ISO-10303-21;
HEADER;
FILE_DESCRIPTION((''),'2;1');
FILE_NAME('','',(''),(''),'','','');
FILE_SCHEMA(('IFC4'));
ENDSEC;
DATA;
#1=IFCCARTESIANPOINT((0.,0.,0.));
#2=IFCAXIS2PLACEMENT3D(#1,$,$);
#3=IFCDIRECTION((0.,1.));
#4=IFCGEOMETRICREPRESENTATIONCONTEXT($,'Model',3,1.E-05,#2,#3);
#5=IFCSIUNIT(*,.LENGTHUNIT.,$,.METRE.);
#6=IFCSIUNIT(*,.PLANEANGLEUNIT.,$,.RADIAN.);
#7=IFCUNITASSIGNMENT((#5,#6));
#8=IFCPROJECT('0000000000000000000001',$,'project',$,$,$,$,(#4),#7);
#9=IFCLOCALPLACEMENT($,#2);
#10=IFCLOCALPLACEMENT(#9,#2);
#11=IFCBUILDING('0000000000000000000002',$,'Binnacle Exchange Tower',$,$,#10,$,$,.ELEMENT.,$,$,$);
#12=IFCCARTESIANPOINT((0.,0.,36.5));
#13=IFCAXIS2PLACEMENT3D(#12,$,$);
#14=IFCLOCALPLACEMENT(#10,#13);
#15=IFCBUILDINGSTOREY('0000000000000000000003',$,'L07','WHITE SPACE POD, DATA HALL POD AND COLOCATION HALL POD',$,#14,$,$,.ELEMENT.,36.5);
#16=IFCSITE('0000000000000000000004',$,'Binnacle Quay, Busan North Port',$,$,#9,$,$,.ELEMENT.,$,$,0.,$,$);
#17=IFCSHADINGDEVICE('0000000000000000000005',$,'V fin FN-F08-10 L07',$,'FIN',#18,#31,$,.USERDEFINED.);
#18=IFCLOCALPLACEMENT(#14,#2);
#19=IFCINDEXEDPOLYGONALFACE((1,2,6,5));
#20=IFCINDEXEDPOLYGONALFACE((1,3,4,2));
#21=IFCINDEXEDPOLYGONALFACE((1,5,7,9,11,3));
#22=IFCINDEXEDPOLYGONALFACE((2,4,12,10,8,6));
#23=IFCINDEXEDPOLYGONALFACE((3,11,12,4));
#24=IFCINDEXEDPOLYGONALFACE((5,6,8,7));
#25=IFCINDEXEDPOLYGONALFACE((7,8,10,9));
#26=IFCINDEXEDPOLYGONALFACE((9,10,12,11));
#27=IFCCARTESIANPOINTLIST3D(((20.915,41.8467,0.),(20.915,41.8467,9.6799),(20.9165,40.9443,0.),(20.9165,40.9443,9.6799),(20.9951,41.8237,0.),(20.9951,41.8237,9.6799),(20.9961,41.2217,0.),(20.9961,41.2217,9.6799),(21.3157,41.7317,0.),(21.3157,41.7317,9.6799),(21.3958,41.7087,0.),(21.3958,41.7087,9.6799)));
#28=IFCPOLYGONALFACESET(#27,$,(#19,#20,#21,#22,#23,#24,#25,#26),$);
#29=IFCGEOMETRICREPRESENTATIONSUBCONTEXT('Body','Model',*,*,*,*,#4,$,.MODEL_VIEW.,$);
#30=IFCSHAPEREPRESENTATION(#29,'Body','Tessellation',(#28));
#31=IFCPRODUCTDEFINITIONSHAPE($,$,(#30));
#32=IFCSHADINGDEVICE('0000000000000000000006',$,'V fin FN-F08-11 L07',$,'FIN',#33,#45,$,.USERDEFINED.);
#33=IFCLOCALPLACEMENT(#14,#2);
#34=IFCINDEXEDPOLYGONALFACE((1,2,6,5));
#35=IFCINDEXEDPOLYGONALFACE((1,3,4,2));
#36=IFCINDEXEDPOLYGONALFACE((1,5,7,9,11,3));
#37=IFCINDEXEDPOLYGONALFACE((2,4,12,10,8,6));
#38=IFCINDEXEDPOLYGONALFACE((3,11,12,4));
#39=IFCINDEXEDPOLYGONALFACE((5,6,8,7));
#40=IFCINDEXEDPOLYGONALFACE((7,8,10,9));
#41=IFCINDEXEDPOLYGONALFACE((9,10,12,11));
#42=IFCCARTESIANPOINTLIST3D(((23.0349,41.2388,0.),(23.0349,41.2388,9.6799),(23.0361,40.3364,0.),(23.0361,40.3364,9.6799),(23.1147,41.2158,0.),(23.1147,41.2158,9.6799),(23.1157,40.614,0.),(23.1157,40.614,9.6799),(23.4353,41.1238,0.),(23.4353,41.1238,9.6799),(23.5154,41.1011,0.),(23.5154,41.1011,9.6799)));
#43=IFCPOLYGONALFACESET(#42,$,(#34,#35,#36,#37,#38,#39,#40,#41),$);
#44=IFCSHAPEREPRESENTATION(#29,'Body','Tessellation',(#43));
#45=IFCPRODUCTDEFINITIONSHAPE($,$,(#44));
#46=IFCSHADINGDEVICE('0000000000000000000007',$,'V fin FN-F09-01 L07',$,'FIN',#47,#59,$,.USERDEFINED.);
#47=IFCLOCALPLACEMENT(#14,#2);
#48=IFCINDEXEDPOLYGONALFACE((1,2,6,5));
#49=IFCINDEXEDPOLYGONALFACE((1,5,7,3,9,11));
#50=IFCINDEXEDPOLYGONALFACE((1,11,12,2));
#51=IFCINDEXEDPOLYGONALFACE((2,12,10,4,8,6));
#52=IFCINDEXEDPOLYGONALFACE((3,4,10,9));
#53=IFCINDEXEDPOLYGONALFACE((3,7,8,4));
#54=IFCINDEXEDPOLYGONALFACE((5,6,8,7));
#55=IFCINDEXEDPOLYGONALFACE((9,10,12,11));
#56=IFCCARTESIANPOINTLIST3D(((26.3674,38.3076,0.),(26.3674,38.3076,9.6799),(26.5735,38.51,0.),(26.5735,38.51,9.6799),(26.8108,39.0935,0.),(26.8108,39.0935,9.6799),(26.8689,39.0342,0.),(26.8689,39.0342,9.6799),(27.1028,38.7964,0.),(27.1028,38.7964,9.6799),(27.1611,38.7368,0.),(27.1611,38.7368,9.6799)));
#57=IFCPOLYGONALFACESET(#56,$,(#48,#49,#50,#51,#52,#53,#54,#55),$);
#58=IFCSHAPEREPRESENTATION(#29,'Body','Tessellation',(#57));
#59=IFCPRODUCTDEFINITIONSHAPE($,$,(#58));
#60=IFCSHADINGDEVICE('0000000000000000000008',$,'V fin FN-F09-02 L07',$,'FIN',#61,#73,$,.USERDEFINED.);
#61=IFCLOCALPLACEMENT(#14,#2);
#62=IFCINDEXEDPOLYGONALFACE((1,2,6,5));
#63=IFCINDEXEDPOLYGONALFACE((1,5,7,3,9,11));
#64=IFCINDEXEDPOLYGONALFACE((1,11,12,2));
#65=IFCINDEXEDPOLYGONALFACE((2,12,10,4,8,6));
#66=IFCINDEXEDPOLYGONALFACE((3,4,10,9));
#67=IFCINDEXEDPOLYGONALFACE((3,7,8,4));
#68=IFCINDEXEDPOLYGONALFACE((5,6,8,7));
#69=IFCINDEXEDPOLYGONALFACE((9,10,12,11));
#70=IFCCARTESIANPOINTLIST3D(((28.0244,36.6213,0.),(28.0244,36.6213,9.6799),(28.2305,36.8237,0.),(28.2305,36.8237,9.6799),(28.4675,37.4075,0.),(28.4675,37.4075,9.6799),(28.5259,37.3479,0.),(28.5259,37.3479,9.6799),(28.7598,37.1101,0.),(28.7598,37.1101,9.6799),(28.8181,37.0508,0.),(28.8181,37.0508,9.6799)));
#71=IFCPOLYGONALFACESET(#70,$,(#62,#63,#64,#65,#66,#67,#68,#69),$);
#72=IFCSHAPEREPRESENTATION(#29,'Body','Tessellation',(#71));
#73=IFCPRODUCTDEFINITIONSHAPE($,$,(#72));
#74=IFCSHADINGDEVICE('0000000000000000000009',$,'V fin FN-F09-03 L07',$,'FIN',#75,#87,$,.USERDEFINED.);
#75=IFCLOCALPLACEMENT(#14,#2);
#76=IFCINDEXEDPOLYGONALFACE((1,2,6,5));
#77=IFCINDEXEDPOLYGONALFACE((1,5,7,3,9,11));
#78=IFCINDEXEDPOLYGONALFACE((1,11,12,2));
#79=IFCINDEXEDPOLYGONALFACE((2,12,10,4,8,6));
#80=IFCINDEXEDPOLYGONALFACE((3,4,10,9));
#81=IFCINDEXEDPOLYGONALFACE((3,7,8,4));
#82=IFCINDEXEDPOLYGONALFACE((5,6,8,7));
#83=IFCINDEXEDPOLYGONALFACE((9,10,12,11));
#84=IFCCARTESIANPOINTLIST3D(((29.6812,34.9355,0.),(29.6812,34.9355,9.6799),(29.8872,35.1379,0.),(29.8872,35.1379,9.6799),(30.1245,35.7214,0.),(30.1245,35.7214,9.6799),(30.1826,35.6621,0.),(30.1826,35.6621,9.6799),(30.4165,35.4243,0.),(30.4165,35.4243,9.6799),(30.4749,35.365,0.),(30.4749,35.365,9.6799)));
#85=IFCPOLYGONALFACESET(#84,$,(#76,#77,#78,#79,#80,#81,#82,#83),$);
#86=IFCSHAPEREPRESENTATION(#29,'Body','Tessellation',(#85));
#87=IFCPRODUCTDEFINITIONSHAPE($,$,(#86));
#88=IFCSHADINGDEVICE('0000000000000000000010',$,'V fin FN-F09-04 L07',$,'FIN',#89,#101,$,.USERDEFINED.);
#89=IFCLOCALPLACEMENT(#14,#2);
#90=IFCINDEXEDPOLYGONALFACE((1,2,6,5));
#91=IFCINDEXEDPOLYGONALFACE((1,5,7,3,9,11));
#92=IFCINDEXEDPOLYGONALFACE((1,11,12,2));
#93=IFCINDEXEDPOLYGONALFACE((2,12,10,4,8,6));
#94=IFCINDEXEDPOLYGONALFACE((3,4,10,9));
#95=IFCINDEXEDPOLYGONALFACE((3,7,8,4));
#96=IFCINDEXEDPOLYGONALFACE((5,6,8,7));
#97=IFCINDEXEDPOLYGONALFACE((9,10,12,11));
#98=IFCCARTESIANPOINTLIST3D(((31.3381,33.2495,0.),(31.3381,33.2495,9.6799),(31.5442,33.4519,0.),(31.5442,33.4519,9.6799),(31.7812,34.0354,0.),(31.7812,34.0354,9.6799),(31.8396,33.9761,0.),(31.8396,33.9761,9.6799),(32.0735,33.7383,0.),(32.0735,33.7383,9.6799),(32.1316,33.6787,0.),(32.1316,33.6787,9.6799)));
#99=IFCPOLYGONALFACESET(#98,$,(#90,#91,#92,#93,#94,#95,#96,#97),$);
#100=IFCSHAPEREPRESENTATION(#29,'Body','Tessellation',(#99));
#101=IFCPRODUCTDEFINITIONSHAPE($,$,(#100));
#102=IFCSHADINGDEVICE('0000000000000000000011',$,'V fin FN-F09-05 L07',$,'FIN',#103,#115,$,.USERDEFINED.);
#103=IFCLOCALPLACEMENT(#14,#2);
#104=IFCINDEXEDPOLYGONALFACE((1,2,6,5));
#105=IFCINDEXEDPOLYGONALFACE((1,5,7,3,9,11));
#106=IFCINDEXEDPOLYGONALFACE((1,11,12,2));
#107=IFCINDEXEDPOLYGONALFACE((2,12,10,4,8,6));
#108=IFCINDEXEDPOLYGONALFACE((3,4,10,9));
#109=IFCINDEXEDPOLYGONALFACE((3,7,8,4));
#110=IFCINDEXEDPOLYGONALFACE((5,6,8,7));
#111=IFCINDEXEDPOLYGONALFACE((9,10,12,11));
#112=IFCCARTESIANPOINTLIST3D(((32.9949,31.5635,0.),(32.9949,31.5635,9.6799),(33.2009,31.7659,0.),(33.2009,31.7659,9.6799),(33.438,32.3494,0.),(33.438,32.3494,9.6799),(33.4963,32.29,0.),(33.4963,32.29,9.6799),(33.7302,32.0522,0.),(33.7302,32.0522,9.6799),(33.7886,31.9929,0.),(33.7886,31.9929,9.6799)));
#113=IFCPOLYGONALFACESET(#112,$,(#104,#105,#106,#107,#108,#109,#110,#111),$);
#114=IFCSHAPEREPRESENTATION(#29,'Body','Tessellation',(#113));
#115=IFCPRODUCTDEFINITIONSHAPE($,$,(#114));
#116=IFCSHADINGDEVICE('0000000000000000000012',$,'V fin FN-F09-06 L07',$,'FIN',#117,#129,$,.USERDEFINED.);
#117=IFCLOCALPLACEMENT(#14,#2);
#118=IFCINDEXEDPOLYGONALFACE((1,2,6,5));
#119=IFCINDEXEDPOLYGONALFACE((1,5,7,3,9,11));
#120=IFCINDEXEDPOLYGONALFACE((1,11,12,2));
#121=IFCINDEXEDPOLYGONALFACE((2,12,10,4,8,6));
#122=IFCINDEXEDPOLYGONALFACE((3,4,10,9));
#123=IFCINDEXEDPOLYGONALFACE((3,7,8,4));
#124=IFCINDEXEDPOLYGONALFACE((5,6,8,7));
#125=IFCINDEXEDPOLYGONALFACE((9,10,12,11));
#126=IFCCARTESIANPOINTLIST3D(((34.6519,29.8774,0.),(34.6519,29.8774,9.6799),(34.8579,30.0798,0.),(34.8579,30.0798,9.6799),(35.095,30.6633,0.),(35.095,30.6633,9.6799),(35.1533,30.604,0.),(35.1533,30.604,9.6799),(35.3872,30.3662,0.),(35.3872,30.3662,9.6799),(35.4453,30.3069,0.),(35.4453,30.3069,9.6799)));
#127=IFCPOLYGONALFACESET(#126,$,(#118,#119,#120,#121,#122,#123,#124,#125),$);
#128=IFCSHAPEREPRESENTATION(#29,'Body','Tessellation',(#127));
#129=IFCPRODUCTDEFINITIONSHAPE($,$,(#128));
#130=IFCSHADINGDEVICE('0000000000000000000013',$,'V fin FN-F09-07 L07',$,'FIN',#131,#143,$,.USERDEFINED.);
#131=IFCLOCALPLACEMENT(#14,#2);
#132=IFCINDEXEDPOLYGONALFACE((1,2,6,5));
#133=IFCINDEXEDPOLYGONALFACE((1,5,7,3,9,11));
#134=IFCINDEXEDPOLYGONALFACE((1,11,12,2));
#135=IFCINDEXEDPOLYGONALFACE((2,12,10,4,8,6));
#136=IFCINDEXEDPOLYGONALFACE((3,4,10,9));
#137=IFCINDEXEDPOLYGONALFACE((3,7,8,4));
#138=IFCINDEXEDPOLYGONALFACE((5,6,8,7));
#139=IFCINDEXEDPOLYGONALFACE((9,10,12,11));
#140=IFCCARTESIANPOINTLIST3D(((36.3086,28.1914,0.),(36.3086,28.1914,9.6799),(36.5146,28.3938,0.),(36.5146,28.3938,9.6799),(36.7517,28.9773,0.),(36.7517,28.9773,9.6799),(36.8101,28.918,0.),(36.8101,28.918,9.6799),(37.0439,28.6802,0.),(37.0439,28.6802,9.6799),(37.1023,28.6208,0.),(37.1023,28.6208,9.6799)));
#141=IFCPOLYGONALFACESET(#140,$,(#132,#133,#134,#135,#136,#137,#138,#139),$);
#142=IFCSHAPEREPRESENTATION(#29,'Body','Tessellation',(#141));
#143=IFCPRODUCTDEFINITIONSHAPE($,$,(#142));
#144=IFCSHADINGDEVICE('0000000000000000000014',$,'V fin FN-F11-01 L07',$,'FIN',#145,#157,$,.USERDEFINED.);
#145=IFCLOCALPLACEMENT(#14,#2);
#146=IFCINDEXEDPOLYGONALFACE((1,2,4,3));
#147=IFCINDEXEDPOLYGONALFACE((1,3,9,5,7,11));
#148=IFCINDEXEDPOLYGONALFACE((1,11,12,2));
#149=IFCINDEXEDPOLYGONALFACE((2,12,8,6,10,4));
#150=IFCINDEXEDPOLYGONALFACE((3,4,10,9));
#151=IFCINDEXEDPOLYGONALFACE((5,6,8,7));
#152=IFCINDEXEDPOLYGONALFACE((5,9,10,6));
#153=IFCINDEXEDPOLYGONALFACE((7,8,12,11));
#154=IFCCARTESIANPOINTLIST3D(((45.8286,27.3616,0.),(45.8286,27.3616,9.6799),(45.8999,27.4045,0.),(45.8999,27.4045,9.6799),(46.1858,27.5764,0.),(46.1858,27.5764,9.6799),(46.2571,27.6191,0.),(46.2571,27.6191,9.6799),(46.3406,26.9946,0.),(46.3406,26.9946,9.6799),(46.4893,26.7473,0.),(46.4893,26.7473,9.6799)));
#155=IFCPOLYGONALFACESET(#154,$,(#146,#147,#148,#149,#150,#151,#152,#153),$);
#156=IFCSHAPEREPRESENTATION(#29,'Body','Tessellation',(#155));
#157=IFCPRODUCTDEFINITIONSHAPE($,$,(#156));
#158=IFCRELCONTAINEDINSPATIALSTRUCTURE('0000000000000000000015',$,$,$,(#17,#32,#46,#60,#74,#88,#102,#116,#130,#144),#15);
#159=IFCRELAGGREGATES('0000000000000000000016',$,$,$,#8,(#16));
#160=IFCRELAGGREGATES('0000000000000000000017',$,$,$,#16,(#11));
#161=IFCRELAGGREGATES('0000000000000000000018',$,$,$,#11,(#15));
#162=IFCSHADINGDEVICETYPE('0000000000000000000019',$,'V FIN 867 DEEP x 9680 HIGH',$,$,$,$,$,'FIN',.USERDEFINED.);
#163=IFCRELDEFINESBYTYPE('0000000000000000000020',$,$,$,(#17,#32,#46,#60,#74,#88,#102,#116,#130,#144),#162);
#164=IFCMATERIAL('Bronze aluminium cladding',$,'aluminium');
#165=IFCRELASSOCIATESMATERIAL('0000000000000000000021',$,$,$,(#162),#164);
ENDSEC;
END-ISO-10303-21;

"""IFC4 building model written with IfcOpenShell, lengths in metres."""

from ifc_helpers import new_model, si_unit, direction, frame, origin, place, context, subcontext, project, spatial, polyline, outline, extrude, material, type_object, element, save


model = new_model("IFC4")

# Units and contexts
model_context = context("Model", 3, precision=1e-05, world=origin(), true_north=direction((0.0, 1.0)))
body_context = subcontext(model_context, "Body", "Model", "MODEL_VIEW")
ifc_project = project(units=[si_unit("LENGTHUNIT", "METRE"), si_unit("PLANEANGLEUNIT", "RADIAN")], contexts=[model_context])

# Site, building, storey
site_placement = place(None, origin())
site = spatial("IfcSite", under=ifc_project, at=site_placement, Name="Binnacle Quay, Busan North Port", CompositionType="ELEMENT", RefElevation=0.0)
building_placement = place(site_placement, origin())
building = spatial("IfcBuilding", under=site, at=building_placement, Name="Binnacle Exchange Tower", CompositionType="ELEMENT")
storey_placement = place(building_placement, frame((0.0, 0.0, 36.5)))
storey = spatial("IfcBuildingStorey", under=building, at=storey_placement, Name="L07", Description="WHITE SPACE POD, DATA HALL POD AND COLOCATION HALL POD", CompositionType="ELEMENT", Elevation=36.5)

# Shading devices
ifc_material = material(Name="Bronze aluminium cladding", Category="aluminium")
shading_device_type = type_object("IfcShadingDeviceType", Name="V FIN 867 DEEP x 9680 HIGH", ElementType="FIN", PredefinedType="USERDEFINED", material=ifc_material)
shading_device_1_placement = place(storey_placement, origin())
element("IfcShadingDevice", 1, at=shading_device_1_placement, inside=storey, type_object=shading_device_type, Name="V fin FN-F08-10 L07", ObjectType="FIN", PredefinedType="USERDEFINED", context=body_context, shape_type="SweptSolid", body=[
    extrude(outline(polyline([(20.915, 41.8467), (20.9165, 40.9443), (21.3958, 41.7087), (21.3157, 41.7317), (20.9961, 41.2217), (20.9951, 41.8237), (20.915, 41.8467)])), origin(), (0.0, 0.0, 1.0), 9.6799),
])
shading_device_2_placement = place(storey_placement, origin())
element("IfcShadingDevice", 2, at=shading_device_2_placement, inside=storey, type_object=shading_device_type, Name="V fin FN-F08-11 L07", ObjectType="FIN", PredefinedType="USERDEFINED", context=body_context, shape_type="SweptSolid", body=[
    extrude(outline(polyline([(23.0349, 41.2388), (23.0361, 40.3364), (23.5154, 41.1011), (23.4353, 41.1238), (23.1157, 40.614), (23.1147, 41.2158), (23.0349, 41.2388)])), origin(), (0.0, 0.0, 1.0), 9.6799),
])
shading_device_3_placement = place(storey_placement, origin())
element("IfcShadingDevice", 3, at=shading_device_3_placement, inside=storey, type_object=shading_device_type, Name="V fin FN-F09-01 L07", ObjectType="FIN", PredefinedType="USERDEFINED", context=body_context, shape_type="SweptSolid", body=[
    extrude(outline(polyline([(26.8108, 39.0935), (26.3674, 38.3076), (27.1611, 38.7368), (27.1028, 38.7964), (26.5735, 38.51), (26.8689, 39.0342), (26.8108, 39.0935)])), origin(), (0.0, 0.0, 1.0), 9.6799),
])
shading_device_4_placement = place(storey_placement, origin())
element("IfcShadingDevice", 4, at=shading_device_4_placement, inside=storey, type_object=shading_device_type, Name="V fin FN-F09-02 L07", ObjectType="FIN", PredefinedType="USERDEFINED", context=body_context, shape_type="SweptSolid", body=[
    extrude(outline(polyline([(28.4675, 37.4075), (28.0244, 36.6213), (28.8181, 37.0508), (28.7598, 37.1101), (28.2305, 36.8237), (28.5259, 37.3479), (28.4675, 37.4075)])), origin(), (0.0, 0.0, 1.0), 9.6799),
])
shading_device_5_placement = place(storey_placement, origin())
element("IfcShadingDevice", 5, at=shading_device_5_placement, inside=storey, type_object=shading_device_type, Name="V fin FN-F09-03 L07", ObjectType="FIN", PredefinedType="USERDEFINED", context=body_context, shape_type="SweptSolid", body=[
    extrude(outline(polyline([(30.1245, 35.7214), (29.6812, 34.9355), (30.4749, 35.365), (30.4165, 35.4243), (29.8872, 35.1379), (30.1826, 35.6621), (30.1245, 35.7214)])), origin(), (0.0, 0.0, 1.0), 9.6799),
])
shading_device_6_placement = place(storey_placement, origin())
element("IfcShadingDevice", 6, at=shading_device_6_placement, inside=storey, type_object=shading_device_type, Name="V fin FN-F09-04 L07", ObjectType="FIN", PredefinedType="USERDEFINED", context=body_context, shape_type="SweptSolid", body=[
    extrude(outline(polyline([(31.7812, 34.0354), (31.3381, 33.2495), (32.1316, 33.6787), (32.0735, 33.7383), (31.5442, 33.4519), (31.8396, 33.9761), (31.7812, 34.0354)])), origin(), (0.0, 0.0, 1.0), 9.6799),
])
shading_device_7_placement = place(storey_placement, origin())
element("IfcShadingDevice", 7, at=shading_device_7_placement, inside=storey, type_object=shading_device_type, Name="V fin FN-F09-05 L07", ObjectType="FIN", PredefinedType="USERDEFINED", context=body_context, shape_type="SweptSolid", body=[
    extrude(outline(polyline([(33.438, 32.3494), (32.9949, 31.5635), (33.7886, 31.9929), (33.7302, 32.0522), (33.2009, 31.7659), (33.4963, 32.29), (33.438, 32.3494)])), origin(), (0.0, 0.0, 1.0), 9.6799),
])
shading_device_8_placement = place(storey_placement, origin())
element("IfcShadingDevice", 8, at=shading_device_8_placement, inside=storey, type_object=shading_device_type, Name="V fin FN-F09-06 L07", ObjectType="FIN", PredefinedType="USERDEFINED", context=body_context, shape_type="SweptSolid", body=[
    extrude(outline(polyline([(35.095, 30.6633), (34.6519, 29.8774), (35.4453, 30.3069), (35.3872, 30.3662), (34.8579, 30.0798), (35.1533, 30.604), (35.095, 30.6633)])), origin(), (0.0, 0.0, 1.0), 9.6799),
])
shading_device_9_placement = place(storey_placement, origin())
element("IfcShadingDevice", 9, at=shading_device_9_placement, inside=storey, type_object=shading_device_type, Name="V fin FN-F09-07 L07", ObjectType="FIN", PredefinedType="USERDEFINED", context=body_context, shape_type="SweptSolid", body=[
    extrude(outline(polyline([(36.7517, 28.9773), (36.3086, 28.1914), (37.1023, 28.6208), (37.0439, 28.6802), (36.5146, 28.3938), (36.8101, 28.918), (36.7517, 28.9773)])), origin(), (0.0, 0.0, 1.0), 9.6799),
])
shading_device_10_placement = place(storey_placement, origin())
element("IfcShadingDevice", 10, at=shading_device_10_placement, inside=storey, type_object=shading_device_type, Name="V fin FN-F11-01 L07", ObjectType="FIN", PredefinedType="USERDEFINED", context=body_context, shape_type="SweptSolid", body=[
    extrude(outline(polyline([(45.8286, 27.3616), (46.4893, 26.7473), (46.2571, 27.6191), (46.1858, 27.5764), (46.3406, 26.9946), (45.8999, 27.4045), (45.8286, 27.3616)])), origin(), (0.0, 0.0, 1.0), 9.6799),
])

save(model, "model.ifc")
